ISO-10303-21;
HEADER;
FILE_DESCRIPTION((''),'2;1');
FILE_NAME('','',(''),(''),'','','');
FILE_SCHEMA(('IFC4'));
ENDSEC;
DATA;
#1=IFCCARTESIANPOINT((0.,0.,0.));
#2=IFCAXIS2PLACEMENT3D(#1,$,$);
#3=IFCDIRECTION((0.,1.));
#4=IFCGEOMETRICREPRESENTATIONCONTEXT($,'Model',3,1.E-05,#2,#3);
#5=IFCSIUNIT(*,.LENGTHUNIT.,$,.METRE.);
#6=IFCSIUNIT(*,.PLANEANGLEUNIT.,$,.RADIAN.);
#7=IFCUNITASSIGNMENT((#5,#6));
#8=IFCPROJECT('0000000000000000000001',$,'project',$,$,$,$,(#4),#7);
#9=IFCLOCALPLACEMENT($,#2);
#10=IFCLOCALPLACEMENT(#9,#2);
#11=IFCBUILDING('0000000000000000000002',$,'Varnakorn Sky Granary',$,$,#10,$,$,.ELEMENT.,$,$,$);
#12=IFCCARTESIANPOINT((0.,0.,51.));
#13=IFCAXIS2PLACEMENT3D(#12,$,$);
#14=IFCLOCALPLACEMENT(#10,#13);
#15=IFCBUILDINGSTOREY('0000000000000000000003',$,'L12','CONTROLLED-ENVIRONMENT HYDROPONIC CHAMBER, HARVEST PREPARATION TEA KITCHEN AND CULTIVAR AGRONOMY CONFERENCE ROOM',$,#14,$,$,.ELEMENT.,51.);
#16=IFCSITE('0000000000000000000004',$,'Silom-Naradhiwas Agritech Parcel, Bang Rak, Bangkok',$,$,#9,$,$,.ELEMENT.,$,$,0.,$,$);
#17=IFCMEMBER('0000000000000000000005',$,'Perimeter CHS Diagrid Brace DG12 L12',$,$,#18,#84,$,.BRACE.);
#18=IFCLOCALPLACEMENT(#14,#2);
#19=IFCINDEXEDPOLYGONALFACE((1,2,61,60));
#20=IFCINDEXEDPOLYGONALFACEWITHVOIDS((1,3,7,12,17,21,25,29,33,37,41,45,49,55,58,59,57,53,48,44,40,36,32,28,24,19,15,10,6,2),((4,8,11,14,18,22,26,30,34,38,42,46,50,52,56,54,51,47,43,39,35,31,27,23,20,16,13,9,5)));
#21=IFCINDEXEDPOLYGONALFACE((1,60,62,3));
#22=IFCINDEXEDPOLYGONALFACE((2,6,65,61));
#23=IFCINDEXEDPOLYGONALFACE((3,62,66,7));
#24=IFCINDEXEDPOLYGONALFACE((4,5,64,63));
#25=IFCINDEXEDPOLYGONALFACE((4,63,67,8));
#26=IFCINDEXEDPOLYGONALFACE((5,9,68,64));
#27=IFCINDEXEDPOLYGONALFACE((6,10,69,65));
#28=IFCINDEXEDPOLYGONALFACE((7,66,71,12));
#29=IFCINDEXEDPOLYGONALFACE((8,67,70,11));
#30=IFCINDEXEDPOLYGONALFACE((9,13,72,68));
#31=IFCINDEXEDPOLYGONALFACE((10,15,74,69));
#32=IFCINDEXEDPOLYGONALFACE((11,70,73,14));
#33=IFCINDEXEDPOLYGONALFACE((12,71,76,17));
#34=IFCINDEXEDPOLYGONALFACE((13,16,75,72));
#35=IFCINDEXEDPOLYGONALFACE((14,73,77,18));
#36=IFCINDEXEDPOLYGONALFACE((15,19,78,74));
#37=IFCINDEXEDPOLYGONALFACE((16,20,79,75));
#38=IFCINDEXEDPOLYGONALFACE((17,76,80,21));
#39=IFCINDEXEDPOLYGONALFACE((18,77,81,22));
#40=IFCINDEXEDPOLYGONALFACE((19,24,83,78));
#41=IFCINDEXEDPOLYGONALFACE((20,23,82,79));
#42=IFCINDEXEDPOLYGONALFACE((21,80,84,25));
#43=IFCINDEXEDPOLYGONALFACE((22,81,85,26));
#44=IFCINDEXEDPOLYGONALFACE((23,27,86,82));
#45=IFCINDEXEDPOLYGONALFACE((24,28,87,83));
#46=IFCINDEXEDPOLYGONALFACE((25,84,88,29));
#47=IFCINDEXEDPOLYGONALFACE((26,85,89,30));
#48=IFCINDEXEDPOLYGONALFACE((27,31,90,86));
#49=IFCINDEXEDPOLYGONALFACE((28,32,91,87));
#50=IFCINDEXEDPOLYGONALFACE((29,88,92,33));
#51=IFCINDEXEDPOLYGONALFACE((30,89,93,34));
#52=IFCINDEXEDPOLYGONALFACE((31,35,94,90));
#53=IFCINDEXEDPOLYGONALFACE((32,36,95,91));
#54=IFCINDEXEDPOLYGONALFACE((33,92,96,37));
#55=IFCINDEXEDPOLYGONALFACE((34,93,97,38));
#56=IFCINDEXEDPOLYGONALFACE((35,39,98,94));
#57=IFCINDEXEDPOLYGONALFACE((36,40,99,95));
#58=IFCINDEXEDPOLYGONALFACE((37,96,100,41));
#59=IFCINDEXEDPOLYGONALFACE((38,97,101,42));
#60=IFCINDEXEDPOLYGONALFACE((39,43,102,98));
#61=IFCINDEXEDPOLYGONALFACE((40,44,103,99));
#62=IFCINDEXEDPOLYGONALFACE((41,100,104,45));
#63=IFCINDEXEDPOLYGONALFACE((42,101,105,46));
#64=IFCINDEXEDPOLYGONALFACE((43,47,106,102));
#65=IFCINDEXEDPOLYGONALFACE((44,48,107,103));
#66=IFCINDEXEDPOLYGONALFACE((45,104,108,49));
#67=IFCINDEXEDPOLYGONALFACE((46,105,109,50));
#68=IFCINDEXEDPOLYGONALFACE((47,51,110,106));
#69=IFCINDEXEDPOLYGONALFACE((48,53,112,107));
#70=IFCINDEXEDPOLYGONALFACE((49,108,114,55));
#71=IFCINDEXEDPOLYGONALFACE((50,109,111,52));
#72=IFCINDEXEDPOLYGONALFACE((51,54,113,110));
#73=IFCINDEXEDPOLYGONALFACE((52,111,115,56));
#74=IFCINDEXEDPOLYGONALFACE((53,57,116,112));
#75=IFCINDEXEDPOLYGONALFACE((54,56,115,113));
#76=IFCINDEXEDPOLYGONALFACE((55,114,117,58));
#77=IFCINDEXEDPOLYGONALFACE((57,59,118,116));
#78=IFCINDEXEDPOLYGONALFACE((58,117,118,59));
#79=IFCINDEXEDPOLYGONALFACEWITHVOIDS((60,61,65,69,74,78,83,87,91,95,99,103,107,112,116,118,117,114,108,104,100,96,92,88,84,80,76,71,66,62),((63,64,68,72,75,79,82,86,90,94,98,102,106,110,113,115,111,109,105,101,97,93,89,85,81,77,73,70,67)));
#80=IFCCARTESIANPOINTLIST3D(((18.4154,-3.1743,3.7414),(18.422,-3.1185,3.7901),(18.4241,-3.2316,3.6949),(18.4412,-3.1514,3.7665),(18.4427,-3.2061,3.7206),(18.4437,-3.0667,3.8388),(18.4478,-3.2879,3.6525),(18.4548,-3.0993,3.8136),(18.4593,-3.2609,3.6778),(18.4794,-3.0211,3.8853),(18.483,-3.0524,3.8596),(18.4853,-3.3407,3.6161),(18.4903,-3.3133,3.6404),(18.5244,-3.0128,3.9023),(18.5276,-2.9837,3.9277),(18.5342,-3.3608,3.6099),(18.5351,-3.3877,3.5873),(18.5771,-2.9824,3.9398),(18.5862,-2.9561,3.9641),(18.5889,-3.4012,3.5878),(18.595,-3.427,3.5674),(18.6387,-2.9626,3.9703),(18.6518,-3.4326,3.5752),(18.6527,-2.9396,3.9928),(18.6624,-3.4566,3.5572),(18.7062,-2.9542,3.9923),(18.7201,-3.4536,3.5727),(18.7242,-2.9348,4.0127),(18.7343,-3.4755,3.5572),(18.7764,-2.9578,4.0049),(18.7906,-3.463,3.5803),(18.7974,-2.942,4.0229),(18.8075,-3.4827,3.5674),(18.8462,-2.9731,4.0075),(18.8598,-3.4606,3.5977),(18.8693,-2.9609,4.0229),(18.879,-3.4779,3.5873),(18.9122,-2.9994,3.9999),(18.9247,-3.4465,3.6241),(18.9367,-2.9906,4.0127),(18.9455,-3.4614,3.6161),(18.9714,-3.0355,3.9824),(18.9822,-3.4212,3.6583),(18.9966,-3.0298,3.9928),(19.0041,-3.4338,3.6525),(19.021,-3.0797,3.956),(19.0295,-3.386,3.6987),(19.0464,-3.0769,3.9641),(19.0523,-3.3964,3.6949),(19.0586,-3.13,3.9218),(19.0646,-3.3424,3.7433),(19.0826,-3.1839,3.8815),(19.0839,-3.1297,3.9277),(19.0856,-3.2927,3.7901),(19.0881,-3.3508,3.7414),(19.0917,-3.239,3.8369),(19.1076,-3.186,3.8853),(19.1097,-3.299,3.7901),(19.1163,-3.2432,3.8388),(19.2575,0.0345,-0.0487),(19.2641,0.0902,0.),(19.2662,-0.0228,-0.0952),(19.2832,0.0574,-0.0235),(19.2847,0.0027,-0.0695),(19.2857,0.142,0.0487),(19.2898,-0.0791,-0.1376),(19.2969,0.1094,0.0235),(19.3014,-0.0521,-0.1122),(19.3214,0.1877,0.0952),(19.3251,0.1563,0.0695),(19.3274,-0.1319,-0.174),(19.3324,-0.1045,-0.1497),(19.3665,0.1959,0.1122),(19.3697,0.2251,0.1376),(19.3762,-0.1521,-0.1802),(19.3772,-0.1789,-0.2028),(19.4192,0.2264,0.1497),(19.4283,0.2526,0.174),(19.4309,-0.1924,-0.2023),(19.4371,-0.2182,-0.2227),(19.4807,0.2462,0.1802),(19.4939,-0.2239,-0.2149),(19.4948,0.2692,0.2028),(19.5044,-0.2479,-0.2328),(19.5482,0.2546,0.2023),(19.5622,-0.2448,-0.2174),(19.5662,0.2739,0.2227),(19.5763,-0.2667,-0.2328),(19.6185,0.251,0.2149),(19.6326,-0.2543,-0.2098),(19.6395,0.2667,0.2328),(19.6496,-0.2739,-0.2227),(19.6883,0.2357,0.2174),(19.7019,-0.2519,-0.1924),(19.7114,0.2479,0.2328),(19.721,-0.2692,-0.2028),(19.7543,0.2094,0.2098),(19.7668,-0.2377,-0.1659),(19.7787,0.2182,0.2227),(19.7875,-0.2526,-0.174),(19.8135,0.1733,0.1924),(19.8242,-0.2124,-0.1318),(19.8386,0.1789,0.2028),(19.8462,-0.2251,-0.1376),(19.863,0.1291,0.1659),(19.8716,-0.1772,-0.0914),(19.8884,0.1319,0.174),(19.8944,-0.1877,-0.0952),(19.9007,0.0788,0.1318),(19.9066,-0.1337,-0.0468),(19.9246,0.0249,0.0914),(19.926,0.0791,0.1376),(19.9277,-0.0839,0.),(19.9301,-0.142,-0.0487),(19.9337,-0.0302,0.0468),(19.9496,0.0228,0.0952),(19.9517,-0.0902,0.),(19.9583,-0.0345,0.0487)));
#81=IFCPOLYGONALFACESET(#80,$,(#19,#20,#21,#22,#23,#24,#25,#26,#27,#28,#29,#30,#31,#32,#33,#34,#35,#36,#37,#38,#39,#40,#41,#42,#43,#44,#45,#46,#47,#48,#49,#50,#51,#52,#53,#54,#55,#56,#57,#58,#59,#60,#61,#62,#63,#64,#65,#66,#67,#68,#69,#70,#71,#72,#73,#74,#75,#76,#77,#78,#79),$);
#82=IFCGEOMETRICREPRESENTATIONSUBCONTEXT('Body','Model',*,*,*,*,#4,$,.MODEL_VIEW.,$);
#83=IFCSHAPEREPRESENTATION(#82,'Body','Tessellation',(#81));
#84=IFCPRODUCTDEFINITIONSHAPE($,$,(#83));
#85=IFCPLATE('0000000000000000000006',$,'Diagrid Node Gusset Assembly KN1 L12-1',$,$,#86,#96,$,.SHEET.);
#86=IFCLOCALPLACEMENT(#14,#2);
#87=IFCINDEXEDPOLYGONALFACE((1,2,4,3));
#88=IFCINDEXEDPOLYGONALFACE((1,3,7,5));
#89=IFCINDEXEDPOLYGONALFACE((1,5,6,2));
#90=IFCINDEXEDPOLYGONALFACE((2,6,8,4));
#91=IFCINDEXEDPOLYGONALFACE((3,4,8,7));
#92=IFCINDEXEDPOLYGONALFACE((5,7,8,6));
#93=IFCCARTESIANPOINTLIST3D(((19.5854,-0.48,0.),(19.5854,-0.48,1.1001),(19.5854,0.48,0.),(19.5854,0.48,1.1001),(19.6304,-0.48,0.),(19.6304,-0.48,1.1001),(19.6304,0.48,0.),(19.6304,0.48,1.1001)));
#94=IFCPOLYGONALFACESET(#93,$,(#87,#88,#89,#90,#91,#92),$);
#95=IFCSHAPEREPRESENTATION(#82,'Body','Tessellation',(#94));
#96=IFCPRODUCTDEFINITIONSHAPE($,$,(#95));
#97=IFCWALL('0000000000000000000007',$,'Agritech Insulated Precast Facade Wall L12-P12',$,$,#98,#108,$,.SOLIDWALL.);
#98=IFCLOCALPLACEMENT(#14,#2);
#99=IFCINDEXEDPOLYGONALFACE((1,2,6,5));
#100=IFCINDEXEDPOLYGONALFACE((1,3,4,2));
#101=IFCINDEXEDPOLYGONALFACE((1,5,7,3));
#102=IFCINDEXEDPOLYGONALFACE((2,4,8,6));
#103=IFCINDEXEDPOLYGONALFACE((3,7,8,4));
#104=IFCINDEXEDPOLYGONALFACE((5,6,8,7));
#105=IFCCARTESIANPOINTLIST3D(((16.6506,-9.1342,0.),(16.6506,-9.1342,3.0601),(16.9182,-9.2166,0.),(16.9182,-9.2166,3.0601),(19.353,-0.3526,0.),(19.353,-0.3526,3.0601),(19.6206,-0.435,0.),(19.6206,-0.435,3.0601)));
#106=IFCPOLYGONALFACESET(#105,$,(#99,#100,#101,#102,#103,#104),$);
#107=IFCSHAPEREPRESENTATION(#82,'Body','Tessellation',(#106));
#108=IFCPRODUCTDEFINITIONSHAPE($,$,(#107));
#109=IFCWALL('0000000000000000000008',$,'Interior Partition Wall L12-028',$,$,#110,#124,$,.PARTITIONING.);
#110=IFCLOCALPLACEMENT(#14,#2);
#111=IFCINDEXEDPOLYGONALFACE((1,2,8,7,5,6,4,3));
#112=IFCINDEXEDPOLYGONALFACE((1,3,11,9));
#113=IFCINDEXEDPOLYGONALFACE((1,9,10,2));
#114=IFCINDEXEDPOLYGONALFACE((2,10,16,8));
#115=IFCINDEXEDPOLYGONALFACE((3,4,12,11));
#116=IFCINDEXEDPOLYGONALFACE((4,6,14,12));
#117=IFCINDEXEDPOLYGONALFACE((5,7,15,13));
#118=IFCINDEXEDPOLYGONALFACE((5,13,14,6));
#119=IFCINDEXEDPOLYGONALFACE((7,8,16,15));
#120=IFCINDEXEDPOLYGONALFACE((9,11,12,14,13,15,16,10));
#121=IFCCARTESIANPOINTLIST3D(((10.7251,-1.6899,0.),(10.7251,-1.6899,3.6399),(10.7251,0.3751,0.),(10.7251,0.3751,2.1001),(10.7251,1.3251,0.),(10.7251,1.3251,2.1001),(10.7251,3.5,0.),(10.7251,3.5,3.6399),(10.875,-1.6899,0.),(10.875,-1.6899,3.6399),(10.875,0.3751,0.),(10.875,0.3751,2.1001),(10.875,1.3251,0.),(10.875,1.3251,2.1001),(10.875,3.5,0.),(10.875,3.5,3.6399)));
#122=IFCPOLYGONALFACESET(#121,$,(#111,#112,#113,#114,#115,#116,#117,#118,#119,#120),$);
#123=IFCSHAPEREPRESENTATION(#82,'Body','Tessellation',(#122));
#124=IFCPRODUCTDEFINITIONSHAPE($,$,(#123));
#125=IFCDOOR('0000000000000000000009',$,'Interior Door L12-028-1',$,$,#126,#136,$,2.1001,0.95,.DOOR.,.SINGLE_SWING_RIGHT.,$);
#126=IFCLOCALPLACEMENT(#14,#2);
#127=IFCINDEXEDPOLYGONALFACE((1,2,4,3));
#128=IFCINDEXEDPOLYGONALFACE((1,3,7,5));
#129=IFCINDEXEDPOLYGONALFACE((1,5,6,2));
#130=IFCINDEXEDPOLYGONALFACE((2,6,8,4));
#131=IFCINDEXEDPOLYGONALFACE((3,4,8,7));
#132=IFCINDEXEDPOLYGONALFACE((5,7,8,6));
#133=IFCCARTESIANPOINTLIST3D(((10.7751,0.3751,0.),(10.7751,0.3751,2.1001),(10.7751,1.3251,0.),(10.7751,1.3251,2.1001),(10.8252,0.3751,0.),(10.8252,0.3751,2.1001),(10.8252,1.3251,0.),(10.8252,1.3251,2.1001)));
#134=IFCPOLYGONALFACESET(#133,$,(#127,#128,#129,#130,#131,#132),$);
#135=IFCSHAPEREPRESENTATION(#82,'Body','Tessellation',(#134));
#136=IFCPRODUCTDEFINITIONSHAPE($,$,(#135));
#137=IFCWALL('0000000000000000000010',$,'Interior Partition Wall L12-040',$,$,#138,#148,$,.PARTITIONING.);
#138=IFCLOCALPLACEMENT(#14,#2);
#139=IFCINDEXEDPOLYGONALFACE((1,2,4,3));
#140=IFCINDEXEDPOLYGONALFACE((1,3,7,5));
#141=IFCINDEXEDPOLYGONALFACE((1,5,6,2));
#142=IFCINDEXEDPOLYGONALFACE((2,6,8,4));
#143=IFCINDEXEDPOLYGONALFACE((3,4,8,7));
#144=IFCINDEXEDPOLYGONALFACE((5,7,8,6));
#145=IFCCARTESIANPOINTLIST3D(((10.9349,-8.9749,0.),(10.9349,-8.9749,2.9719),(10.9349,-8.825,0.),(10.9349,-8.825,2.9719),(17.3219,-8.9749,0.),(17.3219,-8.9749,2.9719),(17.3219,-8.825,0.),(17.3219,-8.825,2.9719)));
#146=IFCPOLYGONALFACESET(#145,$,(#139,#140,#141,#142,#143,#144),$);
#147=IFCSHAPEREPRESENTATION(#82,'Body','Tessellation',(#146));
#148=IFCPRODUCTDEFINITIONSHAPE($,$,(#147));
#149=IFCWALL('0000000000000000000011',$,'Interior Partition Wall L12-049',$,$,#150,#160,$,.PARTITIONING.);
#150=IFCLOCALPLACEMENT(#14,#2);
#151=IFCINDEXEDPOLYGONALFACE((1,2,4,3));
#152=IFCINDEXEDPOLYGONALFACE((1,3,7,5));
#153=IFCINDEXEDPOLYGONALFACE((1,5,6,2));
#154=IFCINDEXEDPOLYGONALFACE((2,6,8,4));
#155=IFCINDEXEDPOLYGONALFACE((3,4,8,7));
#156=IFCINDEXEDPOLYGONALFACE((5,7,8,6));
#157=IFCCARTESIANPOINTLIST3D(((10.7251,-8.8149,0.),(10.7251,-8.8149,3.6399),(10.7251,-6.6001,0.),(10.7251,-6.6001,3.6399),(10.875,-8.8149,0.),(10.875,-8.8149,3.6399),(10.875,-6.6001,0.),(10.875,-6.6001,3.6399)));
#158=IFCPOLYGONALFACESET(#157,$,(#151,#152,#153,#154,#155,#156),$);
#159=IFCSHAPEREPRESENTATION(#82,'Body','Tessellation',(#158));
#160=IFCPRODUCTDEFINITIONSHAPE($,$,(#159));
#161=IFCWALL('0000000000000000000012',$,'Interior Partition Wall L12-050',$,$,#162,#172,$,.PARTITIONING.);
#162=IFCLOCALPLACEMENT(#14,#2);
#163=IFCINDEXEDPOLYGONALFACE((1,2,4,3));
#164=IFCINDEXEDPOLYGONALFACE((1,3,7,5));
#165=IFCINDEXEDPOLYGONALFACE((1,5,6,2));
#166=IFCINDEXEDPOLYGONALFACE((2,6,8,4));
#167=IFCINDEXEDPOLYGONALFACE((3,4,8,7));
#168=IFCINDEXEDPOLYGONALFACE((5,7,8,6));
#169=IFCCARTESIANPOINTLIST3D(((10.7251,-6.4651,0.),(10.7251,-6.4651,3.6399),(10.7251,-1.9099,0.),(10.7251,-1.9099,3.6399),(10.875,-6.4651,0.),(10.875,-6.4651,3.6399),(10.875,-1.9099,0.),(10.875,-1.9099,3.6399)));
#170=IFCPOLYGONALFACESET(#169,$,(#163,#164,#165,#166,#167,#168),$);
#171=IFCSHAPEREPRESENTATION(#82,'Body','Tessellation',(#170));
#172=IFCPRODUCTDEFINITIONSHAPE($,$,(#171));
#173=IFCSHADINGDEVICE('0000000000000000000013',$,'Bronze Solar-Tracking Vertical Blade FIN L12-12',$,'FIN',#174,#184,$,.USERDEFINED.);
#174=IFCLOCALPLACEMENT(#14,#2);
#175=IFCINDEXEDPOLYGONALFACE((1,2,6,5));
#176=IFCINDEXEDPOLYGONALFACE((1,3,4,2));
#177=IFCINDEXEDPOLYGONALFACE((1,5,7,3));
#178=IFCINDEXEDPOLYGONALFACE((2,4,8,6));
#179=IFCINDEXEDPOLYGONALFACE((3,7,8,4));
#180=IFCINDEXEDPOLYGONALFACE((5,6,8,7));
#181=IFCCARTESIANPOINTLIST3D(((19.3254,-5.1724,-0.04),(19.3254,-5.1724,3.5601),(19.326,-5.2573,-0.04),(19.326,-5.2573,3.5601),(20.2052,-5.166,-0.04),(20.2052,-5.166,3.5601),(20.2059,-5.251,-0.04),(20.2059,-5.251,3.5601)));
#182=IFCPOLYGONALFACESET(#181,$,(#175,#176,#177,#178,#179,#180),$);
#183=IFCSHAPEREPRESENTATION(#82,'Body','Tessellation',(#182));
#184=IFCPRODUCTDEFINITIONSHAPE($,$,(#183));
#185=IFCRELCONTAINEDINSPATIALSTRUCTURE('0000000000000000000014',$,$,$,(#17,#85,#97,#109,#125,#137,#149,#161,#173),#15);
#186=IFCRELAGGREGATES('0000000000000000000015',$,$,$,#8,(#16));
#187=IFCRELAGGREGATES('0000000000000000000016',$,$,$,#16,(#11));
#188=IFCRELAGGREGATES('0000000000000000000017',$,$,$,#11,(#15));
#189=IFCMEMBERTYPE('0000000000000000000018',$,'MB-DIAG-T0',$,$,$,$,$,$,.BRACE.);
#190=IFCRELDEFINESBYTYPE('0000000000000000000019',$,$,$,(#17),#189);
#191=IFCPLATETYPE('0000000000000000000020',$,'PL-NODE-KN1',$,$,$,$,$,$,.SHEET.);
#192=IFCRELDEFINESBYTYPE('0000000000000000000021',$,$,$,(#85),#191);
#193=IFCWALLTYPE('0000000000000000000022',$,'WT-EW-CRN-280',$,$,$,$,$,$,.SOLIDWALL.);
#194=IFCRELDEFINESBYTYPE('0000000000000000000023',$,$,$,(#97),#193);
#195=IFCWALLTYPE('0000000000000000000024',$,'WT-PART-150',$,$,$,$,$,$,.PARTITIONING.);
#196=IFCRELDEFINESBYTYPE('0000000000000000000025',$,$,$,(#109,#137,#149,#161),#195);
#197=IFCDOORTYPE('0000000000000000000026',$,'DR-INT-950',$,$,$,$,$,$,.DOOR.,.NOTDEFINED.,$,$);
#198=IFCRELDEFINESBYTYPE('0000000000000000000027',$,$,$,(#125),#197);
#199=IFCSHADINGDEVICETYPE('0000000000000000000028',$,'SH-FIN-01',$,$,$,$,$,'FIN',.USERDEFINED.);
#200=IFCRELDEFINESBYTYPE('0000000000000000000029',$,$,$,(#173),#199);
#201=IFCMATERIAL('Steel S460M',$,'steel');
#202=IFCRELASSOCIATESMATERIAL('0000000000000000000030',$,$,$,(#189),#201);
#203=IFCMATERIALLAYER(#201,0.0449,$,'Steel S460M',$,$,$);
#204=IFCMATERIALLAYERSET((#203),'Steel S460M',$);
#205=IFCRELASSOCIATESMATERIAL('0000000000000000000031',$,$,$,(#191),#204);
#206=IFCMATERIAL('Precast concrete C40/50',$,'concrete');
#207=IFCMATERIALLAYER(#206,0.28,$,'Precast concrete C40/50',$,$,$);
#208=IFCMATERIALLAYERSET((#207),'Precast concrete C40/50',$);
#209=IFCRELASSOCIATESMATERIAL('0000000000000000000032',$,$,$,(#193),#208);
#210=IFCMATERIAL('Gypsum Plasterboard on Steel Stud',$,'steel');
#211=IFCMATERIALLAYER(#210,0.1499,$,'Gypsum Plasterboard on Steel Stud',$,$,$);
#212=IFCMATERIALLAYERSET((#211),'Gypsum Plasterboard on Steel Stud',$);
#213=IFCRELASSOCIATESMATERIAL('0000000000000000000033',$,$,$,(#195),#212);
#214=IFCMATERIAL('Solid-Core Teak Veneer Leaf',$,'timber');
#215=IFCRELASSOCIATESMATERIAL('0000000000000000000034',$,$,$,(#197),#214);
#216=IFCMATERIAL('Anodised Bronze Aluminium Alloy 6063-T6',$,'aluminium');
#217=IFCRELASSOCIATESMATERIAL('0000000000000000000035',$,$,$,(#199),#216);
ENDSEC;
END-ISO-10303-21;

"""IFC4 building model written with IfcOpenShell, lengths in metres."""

from ifc_helpers import new_model, si_unit, direction, frame, frame_2d, origin, origin_2d, place, context, subcontext, project, spatial, rectangle, hollow_circle, extrude, source, transform, mapped, material, layer, layer_set, material_profile, profile_set, type_object, type_shapes, element, fill, save


model = new_model("IFC4")

# Units and contexts
model_context = context("Model", 3, precision=1e-05, world=origin(), true_north=direction((0.0, 1.0)))
body_context = subcontext(model_context, "Body", "Model", "MODEL_VIEW")
ifc_project = project(units=[si_unit("LENGTHUNIT", "METRE"), si_unit("PLANEANGLEUNIT", "RADIAN")], contexts=[model_context])

# Site, building, storey
site_placement = place(None, origin())
site = spatial("IfcSite", under=ifc_project, at=site_placement, Name="Silom-Naradhiwas Agritech Parcel, Bang Rak, Bangkok", CompositionType="ELEMENT", RefElevation=0.0)
building_placement = place(site_placement, origin())
building = spatial("IfcBuilding", under=site, at=building_placement, Name="Varnakorn Sky Granary", CompositionType="ELEMENT")
storey_placement = place(building_placement, frame((0.0, 0.0, 51.0)))
storey = spatial("IfcBuildingStorey", under=building, at=storey_placement, Name="L12", Description="CONTROLLED-ENVIRONMENT HYDROPONIC CHAMBER, HARVEST PREPARATION TEA KITCHEN AND CULTIVAR AGRONOMY CONFERENCE ROOM", CompositionType="ELEMENT", Elevation=51.0)

# Shared definitions
ifc_material_1 = material(Name="Steel S460M", Category="steel")

# Shared definitions
ifc_material_2 = material(Name="Anodised Bronze Aluminium Alloy 6063-T6", Category="aluminium")

# Member
ifc_material_profile_1 = material_profile(ifc_material_1, hollow_circle(Radius=0.3555, WallThickness=0.0249, at=origin_2d()), Name="CHS 711x25")
ifc_profile_set_1 = profile_set([ifc_material_profile_1], Name="Steel S460M")
member_type_1 = type_object("IfcMemberType", Name="MB-DIAG-T0", PredefinedType="BRACE", material=ifc_profile_set_1)
for number, where, z_axis, x_axis, name in (
    (1, (19.6079, 0.0, 0.0), (-0.167177, -0.637058, 0.752468), (0.96725, -0.253827, 0.0), "Perimeter CHS Diagrid Brace DG12 L12"),
):
    element("IfcMember", number, at=place(storey_placement, frame(where, z_axis=z_axis, x_axis=x_axis)), inside=storey, type_object=member_type_1, Name=name, PredefinedType="BRACE", context=body_context, shape_type="SweptSolid", body=[
        extrude(hollow_circle(Radius=0.3555, WallThickness=0.0249, at=origin_2d()), origin(), (0.0, 0.0, 1.0), 5.0369),
    ])

# Plate
ifc_layer_1 = layer(ifc_material_1, 0.0449, Name="Steel S460M")
ifc_layer_set_1 = layer_set([ifc_layer_1], Name="Steel S460M")
plate_type = type_object("IfcPlateType", Name="PL-NODE-KN1", PredefinedType="SHEET", material=ifc_layer_set_1)
plate_placement = place(storey_placement, frame((19.6079, 0.0, 0.0), z_axis=(0.0, 0.0, 1.0), x_axis=(0.0, 1.0, 0.0)))
element("IfcPlate", 2, at=plate_placement, inside=storey, type_object=plate_type, Name="Diagrid Node Gusset Assembly KN1 L12-1", PredefinedType="SHEET", context=body_context, shape_type="SweptSolid", body=[
    extrude(rectangle(XDim=0.96, YDim=0.0449, at=origin_2d()), origin(), (0.0, 0.0, 1.0), 1.1001),
])

# Wall
ifc_material_3 = material(Name="Precast concrete C40/50", Category="concrete")
ifc_layer_2 = layer(ifc_material_3, 0.28, Name="Precast concrete C40/50")
ifc_layer_set_2 = layer_set([ifc_layer_2], Name="Precast concrete C40/50")
wall_type_1 = type_object("IfcWallType", Name="WT-EW-CRN-280", PredefinedType="SOLIDWALL", material=ifc_layer_set_2)
wall_1_placement = place(storey_placement, frame((19.4868, -0.3938, 0.0), z_axis=(0.0, 0.0, 1.0), x_axis=(-0.294125, -0.955767, 0.0)))
element("IfcWall", 3, at=wall_1_placement, inside=storey, type_object=wall_type_1, Name="Agritech Insulated Precast Facade Wall L12-P12", PredefinedType="SOLIDWALL", context=body_context, shape_type="SweptSolid", body=[
    extrude(rectangle(XDim=9.188, YDim=0.28, at=frame_2d((4.594, 0.0))), origin(), (0.0, 0.0, 1.0), 3.0601),
])

# Wall, opening, door
ifc_material_4 = material(Name="Gypsum Plasterboard on Steel Stud", Category="steel")
ifc_layer_3 = layer(ifc_material_4, 0.1499, Name="Gypsum Plasterboard on Steel Stud")
ifc_layer_set_3 = layer_set([ifc_layer_3], Name="Gypsum Plasterboard on Steel Stud")
wall_type_2 = type_object("IfcWallType", Name="WT-PART-150", PredefinedType="PARTITIONING", material=ifc_layer_set_3)
wall_2_placement = place(storey_placement, frame((10.8, -1.6899, 0.0), z_axis=(0.0, 0.0, 1.0), x_axis=(0.0, 1.0, 0.0)))
wall_2 = element("IfcWall", 4, at=wall_2_placement, inside=storey, type_object=wall_type_2, Name="Interior Partition Wall L12-028", PredefinedType="PARTITIONING", context=body_context, shape_type="SweptSolid", body=[
    extrude(rectangle(XDim=5.1899, YDim=0.1499, at=frame_2d((2.595, 0.0))), origin(), (0.0, 0.0, 1.0), 3.6399),
])
opening_placement = place(wall_2_placement, frame((2.0649, 0.0, 0.0)))
opening = element("IfcOpeningElement", 5, at=opening_placement, cuts=wall_2, PredefinedType="OPENING", context=body_context, shape_type="SweptSolid", body=[
    extrude(rectangle(XDim=0.95, YDim=2.1001, at=frame_2d((0.4751, 1.05))), frame((0.0, 0.085, 0.0), z_axis=(0.0, -1.0, 0.0), x_axis=(1.0, 0.0, 0.0)), (0.0, 0.0, 1.0), 0.1699),
])
ifc_material_5 = material(Name="Solid-Core Teak Veneer Leaf", Category="timber")
door_type = type_object("IfcDoorType", Name="DR-INT-950", OperationType="NOTDEFINED", PredefinedType="DOOR", material=ifc_material_5)
door_placement = place(opening_placement, origin())
door = element("IfcDoor", 6, at=door_placement, inside=storey, type_object=door_type, Name="Interior Door L12-028-1", OperationType="SINGLE_SWING_RIGHT", OverallHeight=2.1001, OverallWidth=0.95, PredefinedType="DOOR", context=body_context, shape_type="SweptSolid", body=[
    extrude(rectangle(XDim=0.95, YDim=2.1001, at=frame_2d((0.4751, 1.05))), frame((0.0, 0.0249, 0.0), z_axis=(0.0, -1.0, 0.0), x_axis=(1.0, 0.0, 0.0)), (0.0, 0.0, 1.0), 0.05),
])
fill(opening, door)

# Walls
wall_3_placement = place(storey_placement, frame((10.9351, -8.8999, 0.0), z_axis=(0.0, 0.0, 1.0), x_axis=(1.0, 0.0, 0.0)))
element("IfcWall", 7, at=wall_3_placement, inside=storey, type_object=wall_type_2, Name="Interior Partition Wall L12-040", PredefinedType="PARTITIONING", context=body_context, shape_type="SweptSolid", body=[
    extrude(rectangle(XDim=6.387, YDim=0.1499, at=frame_2d((3.1934, 0.0))), origin(), (0.0, 0.0, 1.0), 2.9719),
])
wall_4_placement = place(storey_placement, frame((10.8, -8.8149, 0.0), z_axis=(0.0, 0.0, 1.0), x_axis=(0.0, 1.0, 0.0)))
element("IfcWall", 8, at=wall_4_placement, inside=storey, type_object=wall_type_2, Name="Interior Partition Wall L12-049", PredefinedType="PARTITIONING", context=body_context, shape_type="SweptSolid", body=[
    extrude(rectangle(XDim=2.2148, YDim=0.1499, at=frame_2d((1.1074, 0.0))), origin(), (0.0, 0.0, 1.0), 3.6399),
])
wall_5_placement = place(storey_placement, frame((10.8, -6.4651, 0.0), z_axis=(0.0, 0.0, 1.0), x_axis=(0.0, 1.0, 0.0)))
element("IfcWall", 9, at=wall_5_placement, inside=storey, type_object=wall_type_2, Name="Interior Partition Wall L12-050", PredefinedType="PARTITIONING", context=body_context, shape_type="SweptSolid", body=[
    extrude(rectangle(XDim=4.5552, YDim=0.1499, at=frame_2d((2.2776, 0.0))), origin(), (0.0, 0.0, 1.0), 3.6399),
])

# Shading device
shading_device_type = type_object("IfcShadingDeviceType", Name="SH-FIN-01", ElementType="FIN", PredefinedType="USERDEFINED", material=ifc_material_2)
shared_shape_1 = source(origin(), body_context, "Body", "SweptSolid", [
    extrude(rectangle(XDim=0.085, YDim=0.8799, at=origin_2d()), origin(), (0.0, 0.0, 1.0), 3.6001),
])
type_shapes(shading_device_type, [shared_shape_1])
shading_device_placement = place(storey_placement, frame((19.7656, -5.2117, -0.04), z_axis=(0.0, 0.0, 1.0), x_axis=(-0.007271, 0.999974, 0.0)))
element("IfcShadingDevice", 10, at=shading_device_placement, inside=storey, type_object=shading_device_type, Name="Bronze Solar-Tracking Vertical Blade FIN L12-12", ObjectType="FIN", PredefinedType="USERDEFINED", context=body_context, shape_type="MappedRepresentation", body=[
    mapped(shared_shape_1, transform((0.0, 0.0, 0.0), x_axis=(1.0, 0.0, 0.0), y_axis=(0.0, 1.0, 0.0), z_axis=(0.0, 0.0, 1.0), scale=1.0)),
])

save(model, "model.ifc")
